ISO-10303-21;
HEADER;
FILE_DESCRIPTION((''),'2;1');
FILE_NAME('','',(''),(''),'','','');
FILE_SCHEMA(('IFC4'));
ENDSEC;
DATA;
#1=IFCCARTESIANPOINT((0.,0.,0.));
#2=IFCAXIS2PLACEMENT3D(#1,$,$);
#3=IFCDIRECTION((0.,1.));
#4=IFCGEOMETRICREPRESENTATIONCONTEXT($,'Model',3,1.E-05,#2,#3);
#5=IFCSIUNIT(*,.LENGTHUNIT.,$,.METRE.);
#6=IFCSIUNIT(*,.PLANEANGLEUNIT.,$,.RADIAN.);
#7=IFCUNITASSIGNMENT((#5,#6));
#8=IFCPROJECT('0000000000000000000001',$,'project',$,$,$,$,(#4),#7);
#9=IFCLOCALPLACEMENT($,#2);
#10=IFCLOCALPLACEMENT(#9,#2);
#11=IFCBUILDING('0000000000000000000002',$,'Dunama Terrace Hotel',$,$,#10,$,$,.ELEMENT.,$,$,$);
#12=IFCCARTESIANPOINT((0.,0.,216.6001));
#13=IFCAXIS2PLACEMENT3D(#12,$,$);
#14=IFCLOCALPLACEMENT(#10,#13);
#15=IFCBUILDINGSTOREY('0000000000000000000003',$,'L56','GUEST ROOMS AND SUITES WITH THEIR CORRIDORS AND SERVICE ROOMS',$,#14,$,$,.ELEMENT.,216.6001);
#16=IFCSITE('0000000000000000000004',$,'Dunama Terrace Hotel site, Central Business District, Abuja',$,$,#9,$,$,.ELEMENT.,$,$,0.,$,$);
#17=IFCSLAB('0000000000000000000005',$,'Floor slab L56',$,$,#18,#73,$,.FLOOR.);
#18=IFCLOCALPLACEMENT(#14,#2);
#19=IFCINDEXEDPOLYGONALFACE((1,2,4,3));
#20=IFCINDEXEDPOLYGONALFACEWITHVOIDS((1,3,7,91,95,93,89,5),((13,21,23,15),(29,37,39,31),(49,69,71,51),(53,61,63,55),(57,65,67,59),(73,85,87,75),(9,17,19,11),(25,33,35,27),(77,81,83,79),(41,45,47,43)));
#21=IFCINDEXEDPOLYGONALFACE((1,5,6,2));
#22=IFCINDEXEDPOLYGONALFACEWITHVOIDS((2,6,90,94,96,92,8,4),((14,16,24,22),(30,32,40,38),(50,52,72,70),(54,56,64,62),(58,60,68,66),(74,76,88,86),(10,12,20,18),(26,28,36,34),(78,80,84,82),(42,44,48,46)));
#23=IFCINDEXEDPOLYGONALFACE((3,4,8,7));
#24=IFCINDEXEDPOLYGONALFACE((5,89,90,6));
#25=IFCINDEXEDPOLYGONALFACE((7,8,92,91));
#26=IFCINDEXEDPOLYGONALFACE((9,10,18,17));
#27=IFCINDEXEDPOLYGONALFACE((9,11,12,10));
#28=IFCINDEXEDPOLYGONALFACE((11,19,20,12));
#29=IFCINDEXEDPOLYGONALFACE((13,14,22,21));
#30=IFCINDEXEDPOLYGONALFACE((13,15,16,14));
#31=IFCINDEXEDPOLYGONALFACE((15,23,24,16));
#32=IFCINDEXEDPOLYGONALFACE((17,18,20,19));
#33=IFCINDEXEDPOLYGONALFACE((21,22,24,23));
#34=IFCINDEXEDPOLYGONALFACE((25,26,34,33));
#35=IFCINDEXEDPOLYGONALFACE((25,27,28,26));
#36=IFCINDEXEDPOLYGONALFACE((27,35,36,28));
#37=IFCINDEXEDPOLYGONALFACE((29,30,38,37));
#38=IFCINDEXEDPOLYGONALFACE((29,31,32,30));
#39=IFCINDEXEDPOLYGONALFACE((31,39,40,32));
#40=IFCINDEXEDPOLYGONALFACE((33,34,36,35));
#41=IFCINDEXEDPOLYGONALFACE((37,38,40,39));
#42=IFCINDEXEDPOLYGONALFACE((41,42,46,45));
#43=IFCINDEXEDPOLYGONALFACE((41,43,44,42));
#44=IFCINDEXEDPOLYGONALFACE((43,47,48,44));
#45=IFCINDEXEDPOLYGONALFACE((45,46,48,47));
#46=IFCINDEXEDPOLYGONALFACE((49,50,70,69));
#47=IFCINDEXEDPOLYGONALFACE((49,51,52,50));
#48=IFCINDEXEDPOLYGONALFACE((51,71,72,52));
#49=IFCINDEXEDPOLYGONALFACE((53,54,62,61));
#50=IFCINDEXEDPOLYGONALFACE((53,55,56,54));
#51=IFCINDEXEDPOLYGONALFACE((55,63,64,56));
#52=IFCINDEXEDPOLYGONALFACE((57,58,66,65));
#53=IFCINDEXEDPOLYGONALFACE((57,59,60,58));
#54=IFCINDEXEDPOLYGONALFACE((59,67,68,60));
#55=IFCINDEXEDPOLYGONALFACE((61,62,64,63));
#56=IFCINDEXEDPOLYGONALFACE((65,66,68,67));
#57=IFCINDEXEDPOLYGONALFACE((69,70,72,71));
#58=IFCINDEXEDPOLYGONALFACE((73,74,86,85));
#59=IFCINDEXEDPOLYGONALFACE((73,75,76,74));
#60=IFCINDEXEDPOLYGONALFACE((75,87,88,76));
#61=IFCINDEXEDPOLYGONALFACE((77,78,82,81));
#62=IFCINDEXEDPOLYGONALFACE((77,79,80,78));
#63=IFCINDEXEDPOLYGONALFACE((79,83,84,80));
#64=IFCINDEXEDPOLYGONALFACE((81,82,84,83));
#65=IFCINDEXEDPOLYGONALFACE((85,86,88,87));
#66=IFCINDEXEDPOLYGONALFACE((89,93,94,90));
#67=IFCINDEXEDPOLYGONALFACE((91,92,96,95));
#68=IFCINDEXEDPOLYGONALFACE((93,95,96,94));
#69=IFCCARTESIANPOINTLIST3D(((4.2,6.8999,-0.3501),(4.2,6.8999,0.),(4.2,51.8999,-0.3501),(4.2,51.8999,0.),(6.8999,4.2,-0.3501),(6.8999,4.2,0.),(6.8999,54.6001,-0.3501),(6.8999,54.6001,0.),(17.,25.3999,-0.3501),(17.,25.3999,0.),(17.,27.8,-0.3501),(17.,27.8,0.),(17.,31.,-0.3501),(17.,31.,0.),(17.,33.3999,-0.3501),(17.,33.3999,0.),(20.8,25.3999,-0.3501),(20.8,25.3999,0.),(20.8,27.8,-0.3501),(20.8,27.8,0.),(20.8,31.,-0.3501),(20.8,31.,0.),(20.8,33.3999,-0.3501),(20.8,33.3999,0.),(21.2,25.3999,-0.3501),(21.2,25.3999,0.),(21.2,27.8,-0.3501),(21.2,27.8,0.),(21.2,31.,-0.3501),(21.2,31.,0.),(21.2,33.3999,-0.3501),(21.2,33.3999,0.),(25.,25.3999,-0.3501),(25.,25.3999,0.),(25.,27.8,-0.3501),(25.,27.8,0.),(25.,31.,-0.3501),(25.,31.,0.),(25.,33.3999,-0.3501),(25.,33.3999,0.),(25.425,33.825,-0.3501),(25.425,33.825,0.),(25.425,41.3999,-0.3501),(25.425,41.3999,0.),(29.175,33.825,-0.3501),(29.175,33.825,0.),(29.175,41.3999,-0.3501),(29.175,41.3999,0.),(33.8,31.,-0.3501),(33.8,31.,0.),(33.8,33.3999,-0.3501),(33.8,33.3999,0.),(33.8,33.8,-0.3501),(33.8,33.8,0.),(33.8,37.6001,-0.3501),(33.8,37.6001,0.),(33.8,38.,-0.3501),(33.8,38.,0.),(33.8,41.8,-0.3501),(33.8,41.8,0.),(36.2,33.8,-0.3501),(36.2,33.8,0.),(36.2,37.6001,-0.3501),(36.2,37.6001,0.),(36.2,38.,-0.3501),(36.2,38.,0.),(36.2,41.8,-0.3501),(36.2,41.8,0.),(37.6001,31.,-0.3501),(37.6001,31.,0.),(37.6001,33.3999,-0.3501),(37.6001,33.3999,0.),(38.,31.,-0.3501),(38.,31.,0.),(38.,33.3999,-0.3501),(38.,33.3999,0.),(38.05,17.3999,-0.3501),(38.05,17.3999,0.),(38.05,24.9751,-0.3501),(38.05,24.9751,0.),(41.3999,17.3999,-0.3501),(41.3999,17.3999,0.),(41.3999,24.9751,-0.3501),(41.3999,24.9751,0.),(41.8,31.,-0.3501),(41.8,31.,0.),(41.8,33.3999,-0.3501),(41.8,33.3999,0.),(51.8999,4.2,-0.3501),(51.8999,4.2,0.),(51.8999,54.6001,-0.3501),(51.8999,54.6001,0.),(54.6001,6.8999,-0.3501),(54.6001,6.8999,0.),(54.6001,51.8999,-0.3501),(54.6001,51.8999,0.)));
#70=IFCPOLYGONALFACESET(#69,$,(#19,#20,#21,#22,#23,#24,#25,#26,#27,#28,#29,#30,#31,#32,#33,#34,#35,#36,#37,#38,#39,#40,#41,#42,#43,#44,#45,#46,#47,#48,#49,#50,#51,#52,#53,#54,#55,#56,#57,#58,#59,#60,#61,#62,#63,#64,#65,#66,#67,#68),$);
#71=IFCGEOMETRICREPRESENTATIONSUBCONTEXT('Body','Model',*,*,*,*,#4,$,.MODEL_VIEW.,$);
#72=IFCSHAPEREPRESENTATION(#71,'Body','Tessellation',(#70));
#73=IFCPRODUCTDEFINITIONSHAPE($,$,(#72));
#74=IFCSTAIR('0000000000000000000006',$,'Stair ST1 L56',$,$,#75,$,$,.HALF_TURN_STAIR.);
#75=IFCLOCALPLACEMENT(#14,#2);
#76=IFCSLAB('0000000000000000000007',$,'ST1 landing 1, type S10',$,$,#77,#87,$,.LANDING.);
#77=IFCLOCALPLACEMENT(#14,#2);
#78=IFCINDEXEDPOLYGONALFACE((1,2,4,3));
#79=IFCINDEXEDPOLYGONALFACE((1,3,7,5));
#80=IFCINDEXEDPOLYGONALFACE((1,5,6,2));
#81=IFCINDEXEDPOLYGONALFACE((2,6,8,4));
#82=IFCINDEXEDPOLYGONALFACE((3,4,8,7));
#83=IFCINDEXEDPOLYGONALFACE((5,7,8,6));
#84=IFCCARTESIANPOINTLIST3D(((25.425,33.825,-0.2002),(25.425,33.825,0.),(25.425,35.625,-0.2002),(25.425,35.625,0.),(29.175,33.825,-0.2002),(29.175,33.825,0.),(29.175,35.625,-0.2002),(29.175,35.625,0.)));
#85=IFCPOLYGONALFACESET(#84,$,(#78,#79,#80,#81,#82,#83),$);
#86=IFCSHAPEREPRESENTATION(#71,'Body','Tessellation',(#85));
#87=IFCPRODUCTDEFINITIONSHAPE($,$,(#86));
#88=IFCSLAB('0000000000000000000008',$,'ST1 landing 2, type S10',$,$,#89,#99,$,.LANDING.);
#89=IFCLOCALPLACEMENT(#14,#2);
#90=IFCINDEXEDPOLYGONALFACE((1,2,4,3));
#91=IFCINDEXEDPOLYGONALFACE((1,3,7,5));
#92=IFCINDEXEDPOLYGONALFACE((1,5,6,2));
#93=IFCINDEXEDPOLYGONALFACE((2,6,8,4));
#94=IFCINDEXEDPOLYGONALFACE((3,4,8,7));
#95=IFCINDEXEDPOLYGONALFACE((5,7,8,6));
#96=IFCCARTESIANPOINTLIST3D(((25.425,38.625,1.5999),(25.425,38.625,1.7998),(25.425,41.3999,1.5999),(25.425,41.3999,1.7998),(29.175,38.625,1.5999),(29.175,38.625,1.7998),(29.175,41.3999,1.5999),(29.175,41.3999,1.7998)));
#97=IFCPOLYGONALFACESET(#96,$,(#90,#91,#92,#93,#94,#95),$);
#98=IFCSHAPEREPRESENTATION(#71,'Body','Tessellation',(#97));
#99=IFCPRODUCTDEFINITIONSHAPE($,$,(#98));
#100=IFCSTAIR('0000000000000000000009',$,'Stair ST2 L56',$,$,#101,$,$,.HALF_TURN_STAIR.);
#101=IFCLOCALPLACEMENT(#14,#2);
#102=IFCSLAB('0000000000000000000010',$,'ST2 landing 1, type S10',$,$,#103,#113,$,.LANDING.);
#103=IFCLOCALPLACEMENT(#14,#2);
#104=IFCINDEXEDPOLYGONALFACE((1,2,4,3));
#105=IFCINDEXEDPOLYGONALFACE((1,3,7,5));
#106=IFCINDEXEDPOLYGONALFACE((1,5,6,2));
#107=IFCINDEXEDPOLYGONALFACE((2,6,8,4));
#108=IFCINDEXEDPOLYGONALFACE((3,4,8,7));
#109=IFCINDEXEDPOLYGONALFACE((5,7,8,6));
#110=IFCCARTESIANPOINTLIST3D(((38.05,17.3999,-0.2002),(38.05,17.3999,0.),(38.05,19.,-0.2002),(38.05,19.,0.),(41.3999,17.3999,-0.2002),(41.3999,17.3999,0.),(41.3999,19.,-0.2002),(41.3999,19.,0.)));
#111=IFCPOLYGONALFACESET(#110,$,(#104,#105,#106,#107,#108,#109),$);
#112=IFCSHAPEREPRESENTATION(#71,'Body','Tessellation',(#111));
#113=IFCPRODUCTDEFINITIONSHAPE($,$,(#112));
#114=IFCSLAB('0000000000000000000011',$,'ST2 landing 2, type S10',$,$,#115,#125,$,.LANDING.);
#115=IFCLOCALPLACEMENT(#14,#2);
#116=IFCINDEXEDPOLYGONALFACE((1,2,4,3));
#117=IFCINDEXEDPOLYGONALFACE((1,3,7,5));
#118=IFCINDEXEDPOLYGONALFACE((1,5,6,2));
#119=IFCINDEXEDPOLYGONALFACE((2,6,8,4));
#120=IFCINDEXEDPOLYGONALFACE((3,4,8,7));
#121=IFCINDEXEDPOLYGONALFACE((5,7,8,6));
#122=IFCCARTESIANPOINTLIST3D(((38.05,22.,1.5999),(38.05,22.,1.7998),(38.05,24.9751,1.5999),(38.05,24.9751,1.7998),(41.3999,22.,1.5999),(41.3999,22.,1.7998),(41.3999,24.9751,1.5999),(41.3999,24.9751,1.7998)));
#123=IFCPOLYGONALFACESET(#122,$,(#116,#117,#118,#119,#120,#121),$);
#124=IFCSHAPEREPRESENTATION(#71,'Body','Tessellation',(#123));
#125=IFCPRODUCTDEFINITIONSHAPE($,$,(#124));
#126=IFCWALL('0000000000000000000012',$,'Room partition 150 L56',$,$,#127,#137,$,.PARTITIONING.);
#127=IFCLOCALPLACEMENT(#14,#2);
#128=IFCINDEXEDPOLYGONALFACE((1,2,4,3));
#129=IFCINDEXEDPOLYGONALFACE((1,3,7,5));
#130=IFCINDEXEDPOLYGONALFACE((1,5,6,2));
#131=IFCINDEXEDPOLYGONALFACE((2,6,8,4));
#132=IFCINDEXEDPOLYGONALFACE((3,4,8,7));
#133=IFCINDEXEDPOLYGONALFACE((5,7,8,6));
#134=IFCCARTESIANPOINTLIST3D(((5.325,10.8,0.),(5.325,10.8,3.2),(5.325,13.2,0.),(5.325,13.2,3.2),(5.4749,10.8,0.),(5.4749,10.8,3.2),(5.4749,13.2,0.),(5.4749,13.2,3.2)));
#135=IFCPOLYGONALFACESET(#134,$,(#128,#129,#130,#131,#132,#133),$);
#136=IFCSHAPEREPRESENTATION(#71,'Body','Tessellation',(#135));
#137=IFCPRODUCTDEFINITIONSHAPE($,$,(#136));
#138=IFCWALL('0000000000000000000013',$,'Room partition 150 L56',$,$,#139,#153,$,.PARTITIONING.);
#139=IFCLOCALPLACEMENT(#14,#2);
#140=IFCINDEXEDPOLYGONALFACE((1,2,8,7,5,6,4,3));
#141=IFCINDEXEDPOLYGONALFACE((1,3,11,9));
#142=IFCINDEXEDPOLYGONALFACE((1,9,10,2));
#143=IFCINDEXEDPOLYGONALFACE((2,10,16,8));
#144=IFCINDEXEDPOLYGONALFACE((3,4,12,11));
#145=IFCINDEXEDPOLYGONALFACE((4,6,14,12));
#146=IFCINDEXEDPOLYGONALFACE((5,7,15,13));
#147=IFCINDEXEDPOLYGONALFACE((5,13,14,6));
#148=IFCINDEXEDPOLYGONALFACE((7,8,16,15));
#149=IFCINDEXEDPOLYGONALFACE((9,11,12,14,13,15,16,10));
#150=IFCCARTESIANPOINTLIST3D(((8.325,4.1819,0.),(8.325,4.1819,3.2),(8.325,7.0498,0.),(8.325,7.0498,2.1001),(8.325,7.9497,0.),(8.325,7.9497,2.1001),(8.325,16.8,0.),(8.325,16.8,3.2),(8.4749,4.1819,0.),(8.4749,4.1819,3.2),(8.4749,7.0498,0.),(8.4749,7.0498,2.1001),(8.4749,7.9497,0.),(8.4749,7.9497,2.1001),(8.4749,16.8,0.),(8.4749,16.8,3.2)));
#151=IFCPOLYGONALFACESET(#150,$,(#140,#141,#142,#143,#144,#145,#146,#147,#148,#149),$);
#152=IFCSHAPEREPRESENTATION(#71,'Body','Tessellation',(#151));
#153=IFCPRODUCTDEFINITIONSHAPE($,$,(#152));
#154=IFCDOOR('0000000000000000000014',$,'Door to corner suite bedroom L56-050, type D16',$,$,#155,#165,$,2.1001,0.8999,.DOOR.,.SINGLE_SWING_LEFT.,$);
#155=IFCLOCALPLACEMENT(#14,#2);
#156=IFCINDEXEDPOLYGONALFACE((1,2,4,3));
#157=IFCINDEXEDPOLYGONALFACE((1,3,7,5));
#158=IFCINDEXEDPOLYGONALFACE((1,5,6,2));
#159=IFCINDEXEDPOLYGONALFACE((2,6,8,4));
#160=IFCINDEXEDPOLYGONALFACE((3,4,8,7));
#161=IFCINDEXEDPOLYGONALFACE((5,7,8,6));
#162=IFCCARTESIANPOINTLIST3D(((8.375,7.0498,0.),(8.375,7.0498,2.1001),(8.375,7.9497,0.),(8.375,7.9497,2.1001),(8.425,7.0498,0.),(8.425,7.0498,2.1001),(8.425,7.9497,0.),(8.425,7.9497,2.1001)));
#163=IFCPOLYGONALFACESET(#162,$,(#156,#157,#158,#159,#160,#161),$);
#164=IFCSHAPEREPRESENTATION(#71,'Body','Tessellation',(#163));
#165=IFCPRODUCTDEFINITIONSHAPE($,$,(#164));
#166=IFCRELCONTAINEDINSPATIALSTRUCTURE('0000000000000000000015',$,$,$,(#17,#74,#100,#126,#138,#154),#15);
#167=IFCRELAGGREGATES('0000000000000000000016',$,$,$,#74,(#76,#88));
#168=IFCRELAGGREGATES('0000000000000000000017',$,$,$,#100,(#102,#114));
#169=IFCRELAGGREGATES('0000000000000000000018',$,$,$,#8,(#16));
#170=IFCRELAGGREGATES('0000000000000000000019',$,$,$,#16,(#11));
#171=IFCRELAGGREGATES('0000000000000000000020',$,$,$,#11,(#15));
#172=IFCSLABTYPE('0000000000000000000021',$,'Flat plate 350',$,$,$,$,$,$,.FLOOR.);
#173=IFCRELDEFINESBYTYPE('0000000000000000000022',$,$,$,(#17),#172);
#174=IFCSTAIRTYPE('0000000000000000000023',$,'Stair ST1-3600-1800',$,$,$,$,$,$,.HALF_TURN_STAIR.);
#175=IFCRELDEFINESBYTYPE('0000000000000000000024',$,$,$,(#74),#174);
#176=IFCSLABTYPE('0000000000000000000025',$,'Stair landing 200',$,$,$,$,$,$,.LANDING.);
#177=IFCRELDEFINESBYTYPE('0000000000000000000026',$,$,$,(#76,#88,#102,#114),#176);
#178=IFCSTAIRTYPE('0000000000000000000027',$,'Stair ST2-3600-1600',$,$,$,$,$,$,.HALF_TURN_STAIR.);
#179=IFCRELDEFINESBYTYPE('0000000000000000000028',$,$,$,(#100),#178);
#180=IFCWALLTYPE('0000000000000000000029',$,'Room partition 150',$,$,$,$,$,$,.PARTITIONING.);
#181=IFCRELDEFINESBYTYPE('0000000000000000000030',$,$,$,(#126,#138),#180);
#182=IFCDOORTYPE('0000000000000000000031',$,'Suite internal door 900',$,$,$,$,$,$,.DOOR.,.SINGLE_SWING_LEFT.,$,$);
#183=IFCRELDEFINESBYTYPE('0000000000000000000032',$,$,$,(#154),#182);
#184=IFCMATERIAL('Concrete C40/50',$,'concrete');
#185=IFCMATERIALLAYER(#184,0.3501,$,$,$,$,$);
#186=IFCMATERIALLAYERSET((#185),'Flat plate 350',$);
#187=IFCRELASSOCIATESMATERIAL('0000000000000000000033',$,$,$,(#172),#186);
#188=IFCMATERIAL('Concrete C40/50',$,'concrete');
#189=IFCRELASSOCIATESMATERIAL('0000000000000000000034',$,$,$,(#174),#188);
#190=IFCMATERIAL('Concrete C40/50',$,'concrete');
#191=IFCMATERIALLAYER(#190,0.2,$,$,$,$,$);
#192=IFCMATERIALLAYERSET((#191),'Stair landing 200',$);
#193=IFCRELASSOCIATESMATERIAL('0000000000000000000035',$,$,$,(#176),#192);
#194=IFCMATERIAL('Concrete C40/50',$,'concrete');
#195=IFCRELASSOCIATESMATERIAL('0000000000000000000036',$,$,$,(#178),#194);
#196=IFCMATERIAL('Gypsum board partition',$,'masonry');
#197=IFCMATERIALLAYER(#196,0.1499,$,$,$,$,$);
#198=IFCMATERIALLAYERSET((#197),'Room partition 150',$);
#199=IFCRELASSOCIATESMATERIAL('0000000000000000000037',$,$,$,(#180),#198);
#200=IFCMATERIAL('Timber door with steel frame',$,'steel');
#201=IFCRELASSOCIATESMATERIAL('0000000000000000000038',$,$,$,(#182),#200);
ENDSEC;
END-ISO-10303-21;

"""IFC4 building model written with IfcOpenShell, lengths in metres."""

from ifc_helpers import new_model, si_unit, direction, frame, frame_2d, origin, place, context, subcontext, project, spatial, polyline, rectangle, outline, extrude, material, layer, layer_set, type_object, element, fill, aggregate, save


model = new_model("IFC4")

# Units and contexts
model_context = context("Model", 3, precision=1e-05, world=origin(), true_north=direction((0.0, 1.0)))
body_context = subcontext(model_context, "Body", "Model", "MODEL_VIEW")
ifc_project = project(units=[si_unit("LENGTHUNIT", "METRE"), si_unit("PLANEANGLEUNIT", "RADIAN")], contexts=[model_context])

# Site, building, storey
site_placement = place(None, origin())
site = spatial("IfcSite", under=ifc_project, at=site_placement, Name="Dunama Terrace Hotel site, Central Business District, Abuja", CompositionType="ELEMENT", RefElevation=0.0)
building_placement = place(site_placement, origin())
building = spatial("IfcBuilding", under=site, at=building_placement, Name="Dunama Terrace Hotel", CompositionType="ELEMENT")
storey_placement = place(building_placement, frame((0.0, 0.0, 216.6001)))
storey = spatial("IfcBuildingStorey", under=building, at=storey_placement, Name="L56", Description="GUEST ROOMS AND SUITES WITH THEIR CORRIDORS AND SERVICE ROOMS", CompositionType="ELEMENT", Elevation=216.6001)

# Slab
ifc_material_1 = material(Name="Concrete C40/50", Category="concrete")
ifc_layer_1 = layer(ifc_material_1, 0.3501)
ifc_layer_set_1 = layer_set([ifc_layer_1], Name="Flat plate 350")
slab_type_1 = type_object("IfcSlabType", Name="Flat plate 350", PredefinedType="FLOOR", material=ifc_layer_set_1)
slab_1_placement = place(storey_placement, frame((0.0, 0.0, -0.3501)))
element("IfcSlab", 1, at=slab_1_placement, inside=storey, type_object=slab_type_1, Name="Floor slab L56", PredefinedType="FLOOR", context=body_context, shape_type="SweptSolid", body=[
    extrude(outline(polyline([(6.8999, 4.2), (51.8999, 4.2), (54.6001, 6.8999), (54.6001, 51.8999), (51.8999, 54.6001), (6.8999, 54.6001), (4.2, 51.8999), (4.2, 6.8999), (6.8999, 4.2)]), holes=[polyline([(20.8, 25.3999), (20.8, 27.8), (17.0, 27.8), (17.0, 25.3999), (20.8, 25.3999)]), polyline([(25.0, 25.3999), (25.0, 27.8), (21.2, 27.8), (21.2, 25.3999), (25.0, 25.3999)]), polyline([(20.8, 31.0), (20.8, 33.3999), (17.0, 33.3999), (17.0, 31.0), (20.8, 31.0)]), polyline([(25.0, 31.0), (25.0, 33.3999), (21.2, 33.3999), (21.2, 31.0), (25.0, 31.0)]), polyline([(37.6001, 31.0), (37.6001, 33.3999), (33.8, 33.3999), (33.8, 31.0), (37.6001, 31.0)]), polyline([(41.8, 31.0), (41.8, 33.3999), (38.0, 33.3999), (38.0, 31.0), (41.8, 31.0)]), polyline([(36.2, 38.0), (36.2, 41.8), (33.8, 41.8), (33.8, 38.0), (36.2, 38.0)]), polyline([(36.2, 33.8), (36.2, 37.6001), (33.8, 37.6001), (33.8, 33.8), (36.2, 33.8)]), polyline([(29.175, 33.825), (29.175, 41.3999), (25.425, 41.3999), (25.425, 33.825), (29.175, 33.825)]), polyline([(41.3999, 17.3999), (41.3999, 24.9751), (38.05, 24.9751), (38.05, 17.3999), (41.3999, 17.3999)])]), origin(), (0.0, 0.0, 1.0), 0.3501),
])

# Stairs, slabs
ifc_material_2 = material(Name="Concrete C40/50", Category="concrete")
stair_type_1 = type_object("IfcStairType", Name="Stair ST1-3600-1800", PredefinedType="HALF_TURN_STAIR", material=ifc_material_2)
stair_1_placement = place(storey_placement, origin())
stair_1 = element("IfcStair", 2, at=stair_1_placement, inside=storey, type_object=stair_type_1, Name="Stair ST1 L56", PredefinedType="HALF_TURN_STAIR")
ifc_material_3 = material(Name="Concrete C40/50", Category="concrete")
ifc_layer_2 = layer(ifc_material_3, 0.2)
ifc_layer_set_2 = layer_set([ifc_layer_2], Name="Stair landing 200")
slab_type_2 = type_object("IfcSlabType", Name="Stair landing 200", PredefinedType="LANDING", material=ifc_layer_set_2)
slab_2_placement = place(storey_placement, frame((0.0, 0.0, -0.2002)))
slab_2 = element("IfcSlab", 3, at=slab_2_placement, type_object=slab_type_2, Name="ST1 landing 1, type S10", PredefinedType="LANDING", context=body_context, shape_type="SweptSolid", body=[
    extrude(outline(polyline([(25.425, 33.825), (29.175, 33.825), (29.175, 35.625), (25.425, 35.625), (25.425, 33.825)])), origin(), (0.0, 0.0, 1.0), 0.2002),
])
slab_3_placement = place(storey_placement, frame((0.0, 0.0, 1.5999)))
slab_3 = element("IfcSlab", 4, at=slab_3_placement, type_object=slab_type_2, Name="ST1 landing 2, type S10", PredefinedType="LANDING", context=body_context, shape_type="SweptSolid", body=[
    extrude(outline(polyline([(25.425, 38.625), (29.175, 38.625), (29.175, 41.3999), (25.425, 41.3999), (25.425, 38.625)])), origin(), (0.0, 0.0, 1.0), 0.2),
])
aggregate(stair_1, [slab_2, slab_3])
ifc_material_4 = material(Name="Concrete C40/50", Category="concrete")
stair_type_2 = type_object("IfcStairType", Name="Stair ST2-3600-1600", PredefinedType="HALF_TURN_STAIR", material=ifc_material_4)
stair_2_placement = place(storey_placement, origin())
stair_2 = element("IfcStair", 5, at=stair_2_placement, inside=storey, type_object=stair_type_2, Name="Stair ST2 L56", PredefinedType="HALF_TURN_STAIR")
slab_4_placement = place(storey_placement, frame((0.0, 0.0, -0.2002)))
slab_4 = element("IfcSlab", 6, at=slab_4_placement, type_object=slab_type_2, Name="ST2 landing 1, type S10", PredefinedType="LANDING", context=body_context, shape_type="SweptSolid", body=[
    extrude(outline(polyline([(38.05, 17.3999), (41.3999, 17.3999), (41.3999, 19.0), (38.05, 19.0), (38.05, 17.3999)])), origin(), (0.0, 0.0, 1.0), 0.2002),
])
slab_5_placement = place(storey_placement, frame((0.0, 0.0, 1.5999)))
slab_5 = element("IfcSlab", 7, at=slab_5_placement, type_object=slab_type_2, Name="ST2 landing 2, type S10", PredefinedType="LANDING", context=body_context, shape_type="SweptSolid", body=[
    extrude(outline(polyline([(38.05, 22.0), (41.3999, 22.0), (41.3999, 24.9751), (38.05, 24.9751), (38.05, 22.0)])), origin(), (0.0, 0.0, 1.0), 0.2),
])
aggregate(stair_2, [slab_4, slab_5])

# Wall
ifc_material_5 = material(Name="Gypsum board partition", Category="masonry")
ifc_layer_3 = layer(ifc_material_5, 0.1499)
ifc_layer_set_3 = layer_set([ifc_layer_3], Name="Room partition 150")
wall_type = type_object("IfcWallType", Name="Room partition 150", PredefinedType="PARTITIONING", material=ifc_layer_set_3)
wall_1_placement = place(storey_placement, frame((5.3999, 10.8, 0.0), z_axis=(0.0, 0.0, 1.0), x_axis=(0.0, 1.0, 0.0)))
element("IfcWall", 8, at=wall_1_placement, inside=storey, type_object=wall_type, Name="Room partition 150 L56", PredefinedType="PARTITIONING", context=body_context, shape_type="SweptSolid", body=[
    extrude(rectangle(XDim=2.3999, YDim=0.1499, at=frame_2d((1.2, 0.0))), origin(), (0.0, 0.0, 1.0), 3.2),
])

# Wall, opening, door
wall_2_placement = place(storey_placement, frame((8.3999, 4.1819, 0.0), z_axis=(0.0, 0.0, 1.0), x_axis=(0.0, 1.0, 0.0)))
wall_2 = element("IfcWall", 9, at=wall_2_placement, inside=storey, type_object=wall_type, Name="Room partition 150 L56", PredefinedType="PARTITIONING", context=body_context, shape_type="SweptSolid", body=[
    extrude(rectangle(XDim=12.6182, YDim=0.1499, at=frame_2d((6.3091, 0.0))), origin(), (0.0, 0.0, 1.0), 3.2),
])
opening_1_placement = place(wall_2_placement, frame((2.8679, 0.0, 0.0)))
opening_1 = element("IfcOpeningElement", 10, at=opening_1_placement, cuts=wall_2, PredefinedType="OPENING", context=body_context, shape_type="SweptSolid", body=[
    extrude(rectangle(XDim=0.8999, YDim=2.1001, at=frame_2d((0.45, 1.05))), frame((0.0, 0.085, 0.0), z_axis=(0.0, -1.0, 0.0), x_axis=(1.0, 0.0, 0.0)), (0.0, 0.0, 1.0), 0.1699),
])
ifc_material_6 = material(Name="Timber door with steel frame", Category="steel")
door_type = type_object("IfcDoorType", Name="Suite internal door 900", OperationType="SINGLE_SWING_LEFT", PredefinedType="DOOR", material=ifc_material_6)
door_1_placement = place(opening_1_placement, origin())
door_1 = element("IfcDoor", 11, at=door_1_placement, inside=storey, type_object=door_type, Name="Door to corner suite bedroom L56-050, type D16", OperationType="SINGLE_SWING_LEFT", OverallHeight=2.1001, OverallWidth=0.8999, PredefinedType="DOOR", context=body_context, shape_type="SweptSolid", body=[
    extrude(rectangle(XDim=0.8999, YDim=2.1001, at=frame_2d((0.45, 1.05))), frame((0.0, 0.0249, 0.0), z_axis=(0.0, -1.0, 0.0), x_axis=(1.0, 0.0, 0.0)), (0.0, 0.0, 1.0), 0.05),
])
fill(opening_1, door_1)

save(model, "model.ifc")
